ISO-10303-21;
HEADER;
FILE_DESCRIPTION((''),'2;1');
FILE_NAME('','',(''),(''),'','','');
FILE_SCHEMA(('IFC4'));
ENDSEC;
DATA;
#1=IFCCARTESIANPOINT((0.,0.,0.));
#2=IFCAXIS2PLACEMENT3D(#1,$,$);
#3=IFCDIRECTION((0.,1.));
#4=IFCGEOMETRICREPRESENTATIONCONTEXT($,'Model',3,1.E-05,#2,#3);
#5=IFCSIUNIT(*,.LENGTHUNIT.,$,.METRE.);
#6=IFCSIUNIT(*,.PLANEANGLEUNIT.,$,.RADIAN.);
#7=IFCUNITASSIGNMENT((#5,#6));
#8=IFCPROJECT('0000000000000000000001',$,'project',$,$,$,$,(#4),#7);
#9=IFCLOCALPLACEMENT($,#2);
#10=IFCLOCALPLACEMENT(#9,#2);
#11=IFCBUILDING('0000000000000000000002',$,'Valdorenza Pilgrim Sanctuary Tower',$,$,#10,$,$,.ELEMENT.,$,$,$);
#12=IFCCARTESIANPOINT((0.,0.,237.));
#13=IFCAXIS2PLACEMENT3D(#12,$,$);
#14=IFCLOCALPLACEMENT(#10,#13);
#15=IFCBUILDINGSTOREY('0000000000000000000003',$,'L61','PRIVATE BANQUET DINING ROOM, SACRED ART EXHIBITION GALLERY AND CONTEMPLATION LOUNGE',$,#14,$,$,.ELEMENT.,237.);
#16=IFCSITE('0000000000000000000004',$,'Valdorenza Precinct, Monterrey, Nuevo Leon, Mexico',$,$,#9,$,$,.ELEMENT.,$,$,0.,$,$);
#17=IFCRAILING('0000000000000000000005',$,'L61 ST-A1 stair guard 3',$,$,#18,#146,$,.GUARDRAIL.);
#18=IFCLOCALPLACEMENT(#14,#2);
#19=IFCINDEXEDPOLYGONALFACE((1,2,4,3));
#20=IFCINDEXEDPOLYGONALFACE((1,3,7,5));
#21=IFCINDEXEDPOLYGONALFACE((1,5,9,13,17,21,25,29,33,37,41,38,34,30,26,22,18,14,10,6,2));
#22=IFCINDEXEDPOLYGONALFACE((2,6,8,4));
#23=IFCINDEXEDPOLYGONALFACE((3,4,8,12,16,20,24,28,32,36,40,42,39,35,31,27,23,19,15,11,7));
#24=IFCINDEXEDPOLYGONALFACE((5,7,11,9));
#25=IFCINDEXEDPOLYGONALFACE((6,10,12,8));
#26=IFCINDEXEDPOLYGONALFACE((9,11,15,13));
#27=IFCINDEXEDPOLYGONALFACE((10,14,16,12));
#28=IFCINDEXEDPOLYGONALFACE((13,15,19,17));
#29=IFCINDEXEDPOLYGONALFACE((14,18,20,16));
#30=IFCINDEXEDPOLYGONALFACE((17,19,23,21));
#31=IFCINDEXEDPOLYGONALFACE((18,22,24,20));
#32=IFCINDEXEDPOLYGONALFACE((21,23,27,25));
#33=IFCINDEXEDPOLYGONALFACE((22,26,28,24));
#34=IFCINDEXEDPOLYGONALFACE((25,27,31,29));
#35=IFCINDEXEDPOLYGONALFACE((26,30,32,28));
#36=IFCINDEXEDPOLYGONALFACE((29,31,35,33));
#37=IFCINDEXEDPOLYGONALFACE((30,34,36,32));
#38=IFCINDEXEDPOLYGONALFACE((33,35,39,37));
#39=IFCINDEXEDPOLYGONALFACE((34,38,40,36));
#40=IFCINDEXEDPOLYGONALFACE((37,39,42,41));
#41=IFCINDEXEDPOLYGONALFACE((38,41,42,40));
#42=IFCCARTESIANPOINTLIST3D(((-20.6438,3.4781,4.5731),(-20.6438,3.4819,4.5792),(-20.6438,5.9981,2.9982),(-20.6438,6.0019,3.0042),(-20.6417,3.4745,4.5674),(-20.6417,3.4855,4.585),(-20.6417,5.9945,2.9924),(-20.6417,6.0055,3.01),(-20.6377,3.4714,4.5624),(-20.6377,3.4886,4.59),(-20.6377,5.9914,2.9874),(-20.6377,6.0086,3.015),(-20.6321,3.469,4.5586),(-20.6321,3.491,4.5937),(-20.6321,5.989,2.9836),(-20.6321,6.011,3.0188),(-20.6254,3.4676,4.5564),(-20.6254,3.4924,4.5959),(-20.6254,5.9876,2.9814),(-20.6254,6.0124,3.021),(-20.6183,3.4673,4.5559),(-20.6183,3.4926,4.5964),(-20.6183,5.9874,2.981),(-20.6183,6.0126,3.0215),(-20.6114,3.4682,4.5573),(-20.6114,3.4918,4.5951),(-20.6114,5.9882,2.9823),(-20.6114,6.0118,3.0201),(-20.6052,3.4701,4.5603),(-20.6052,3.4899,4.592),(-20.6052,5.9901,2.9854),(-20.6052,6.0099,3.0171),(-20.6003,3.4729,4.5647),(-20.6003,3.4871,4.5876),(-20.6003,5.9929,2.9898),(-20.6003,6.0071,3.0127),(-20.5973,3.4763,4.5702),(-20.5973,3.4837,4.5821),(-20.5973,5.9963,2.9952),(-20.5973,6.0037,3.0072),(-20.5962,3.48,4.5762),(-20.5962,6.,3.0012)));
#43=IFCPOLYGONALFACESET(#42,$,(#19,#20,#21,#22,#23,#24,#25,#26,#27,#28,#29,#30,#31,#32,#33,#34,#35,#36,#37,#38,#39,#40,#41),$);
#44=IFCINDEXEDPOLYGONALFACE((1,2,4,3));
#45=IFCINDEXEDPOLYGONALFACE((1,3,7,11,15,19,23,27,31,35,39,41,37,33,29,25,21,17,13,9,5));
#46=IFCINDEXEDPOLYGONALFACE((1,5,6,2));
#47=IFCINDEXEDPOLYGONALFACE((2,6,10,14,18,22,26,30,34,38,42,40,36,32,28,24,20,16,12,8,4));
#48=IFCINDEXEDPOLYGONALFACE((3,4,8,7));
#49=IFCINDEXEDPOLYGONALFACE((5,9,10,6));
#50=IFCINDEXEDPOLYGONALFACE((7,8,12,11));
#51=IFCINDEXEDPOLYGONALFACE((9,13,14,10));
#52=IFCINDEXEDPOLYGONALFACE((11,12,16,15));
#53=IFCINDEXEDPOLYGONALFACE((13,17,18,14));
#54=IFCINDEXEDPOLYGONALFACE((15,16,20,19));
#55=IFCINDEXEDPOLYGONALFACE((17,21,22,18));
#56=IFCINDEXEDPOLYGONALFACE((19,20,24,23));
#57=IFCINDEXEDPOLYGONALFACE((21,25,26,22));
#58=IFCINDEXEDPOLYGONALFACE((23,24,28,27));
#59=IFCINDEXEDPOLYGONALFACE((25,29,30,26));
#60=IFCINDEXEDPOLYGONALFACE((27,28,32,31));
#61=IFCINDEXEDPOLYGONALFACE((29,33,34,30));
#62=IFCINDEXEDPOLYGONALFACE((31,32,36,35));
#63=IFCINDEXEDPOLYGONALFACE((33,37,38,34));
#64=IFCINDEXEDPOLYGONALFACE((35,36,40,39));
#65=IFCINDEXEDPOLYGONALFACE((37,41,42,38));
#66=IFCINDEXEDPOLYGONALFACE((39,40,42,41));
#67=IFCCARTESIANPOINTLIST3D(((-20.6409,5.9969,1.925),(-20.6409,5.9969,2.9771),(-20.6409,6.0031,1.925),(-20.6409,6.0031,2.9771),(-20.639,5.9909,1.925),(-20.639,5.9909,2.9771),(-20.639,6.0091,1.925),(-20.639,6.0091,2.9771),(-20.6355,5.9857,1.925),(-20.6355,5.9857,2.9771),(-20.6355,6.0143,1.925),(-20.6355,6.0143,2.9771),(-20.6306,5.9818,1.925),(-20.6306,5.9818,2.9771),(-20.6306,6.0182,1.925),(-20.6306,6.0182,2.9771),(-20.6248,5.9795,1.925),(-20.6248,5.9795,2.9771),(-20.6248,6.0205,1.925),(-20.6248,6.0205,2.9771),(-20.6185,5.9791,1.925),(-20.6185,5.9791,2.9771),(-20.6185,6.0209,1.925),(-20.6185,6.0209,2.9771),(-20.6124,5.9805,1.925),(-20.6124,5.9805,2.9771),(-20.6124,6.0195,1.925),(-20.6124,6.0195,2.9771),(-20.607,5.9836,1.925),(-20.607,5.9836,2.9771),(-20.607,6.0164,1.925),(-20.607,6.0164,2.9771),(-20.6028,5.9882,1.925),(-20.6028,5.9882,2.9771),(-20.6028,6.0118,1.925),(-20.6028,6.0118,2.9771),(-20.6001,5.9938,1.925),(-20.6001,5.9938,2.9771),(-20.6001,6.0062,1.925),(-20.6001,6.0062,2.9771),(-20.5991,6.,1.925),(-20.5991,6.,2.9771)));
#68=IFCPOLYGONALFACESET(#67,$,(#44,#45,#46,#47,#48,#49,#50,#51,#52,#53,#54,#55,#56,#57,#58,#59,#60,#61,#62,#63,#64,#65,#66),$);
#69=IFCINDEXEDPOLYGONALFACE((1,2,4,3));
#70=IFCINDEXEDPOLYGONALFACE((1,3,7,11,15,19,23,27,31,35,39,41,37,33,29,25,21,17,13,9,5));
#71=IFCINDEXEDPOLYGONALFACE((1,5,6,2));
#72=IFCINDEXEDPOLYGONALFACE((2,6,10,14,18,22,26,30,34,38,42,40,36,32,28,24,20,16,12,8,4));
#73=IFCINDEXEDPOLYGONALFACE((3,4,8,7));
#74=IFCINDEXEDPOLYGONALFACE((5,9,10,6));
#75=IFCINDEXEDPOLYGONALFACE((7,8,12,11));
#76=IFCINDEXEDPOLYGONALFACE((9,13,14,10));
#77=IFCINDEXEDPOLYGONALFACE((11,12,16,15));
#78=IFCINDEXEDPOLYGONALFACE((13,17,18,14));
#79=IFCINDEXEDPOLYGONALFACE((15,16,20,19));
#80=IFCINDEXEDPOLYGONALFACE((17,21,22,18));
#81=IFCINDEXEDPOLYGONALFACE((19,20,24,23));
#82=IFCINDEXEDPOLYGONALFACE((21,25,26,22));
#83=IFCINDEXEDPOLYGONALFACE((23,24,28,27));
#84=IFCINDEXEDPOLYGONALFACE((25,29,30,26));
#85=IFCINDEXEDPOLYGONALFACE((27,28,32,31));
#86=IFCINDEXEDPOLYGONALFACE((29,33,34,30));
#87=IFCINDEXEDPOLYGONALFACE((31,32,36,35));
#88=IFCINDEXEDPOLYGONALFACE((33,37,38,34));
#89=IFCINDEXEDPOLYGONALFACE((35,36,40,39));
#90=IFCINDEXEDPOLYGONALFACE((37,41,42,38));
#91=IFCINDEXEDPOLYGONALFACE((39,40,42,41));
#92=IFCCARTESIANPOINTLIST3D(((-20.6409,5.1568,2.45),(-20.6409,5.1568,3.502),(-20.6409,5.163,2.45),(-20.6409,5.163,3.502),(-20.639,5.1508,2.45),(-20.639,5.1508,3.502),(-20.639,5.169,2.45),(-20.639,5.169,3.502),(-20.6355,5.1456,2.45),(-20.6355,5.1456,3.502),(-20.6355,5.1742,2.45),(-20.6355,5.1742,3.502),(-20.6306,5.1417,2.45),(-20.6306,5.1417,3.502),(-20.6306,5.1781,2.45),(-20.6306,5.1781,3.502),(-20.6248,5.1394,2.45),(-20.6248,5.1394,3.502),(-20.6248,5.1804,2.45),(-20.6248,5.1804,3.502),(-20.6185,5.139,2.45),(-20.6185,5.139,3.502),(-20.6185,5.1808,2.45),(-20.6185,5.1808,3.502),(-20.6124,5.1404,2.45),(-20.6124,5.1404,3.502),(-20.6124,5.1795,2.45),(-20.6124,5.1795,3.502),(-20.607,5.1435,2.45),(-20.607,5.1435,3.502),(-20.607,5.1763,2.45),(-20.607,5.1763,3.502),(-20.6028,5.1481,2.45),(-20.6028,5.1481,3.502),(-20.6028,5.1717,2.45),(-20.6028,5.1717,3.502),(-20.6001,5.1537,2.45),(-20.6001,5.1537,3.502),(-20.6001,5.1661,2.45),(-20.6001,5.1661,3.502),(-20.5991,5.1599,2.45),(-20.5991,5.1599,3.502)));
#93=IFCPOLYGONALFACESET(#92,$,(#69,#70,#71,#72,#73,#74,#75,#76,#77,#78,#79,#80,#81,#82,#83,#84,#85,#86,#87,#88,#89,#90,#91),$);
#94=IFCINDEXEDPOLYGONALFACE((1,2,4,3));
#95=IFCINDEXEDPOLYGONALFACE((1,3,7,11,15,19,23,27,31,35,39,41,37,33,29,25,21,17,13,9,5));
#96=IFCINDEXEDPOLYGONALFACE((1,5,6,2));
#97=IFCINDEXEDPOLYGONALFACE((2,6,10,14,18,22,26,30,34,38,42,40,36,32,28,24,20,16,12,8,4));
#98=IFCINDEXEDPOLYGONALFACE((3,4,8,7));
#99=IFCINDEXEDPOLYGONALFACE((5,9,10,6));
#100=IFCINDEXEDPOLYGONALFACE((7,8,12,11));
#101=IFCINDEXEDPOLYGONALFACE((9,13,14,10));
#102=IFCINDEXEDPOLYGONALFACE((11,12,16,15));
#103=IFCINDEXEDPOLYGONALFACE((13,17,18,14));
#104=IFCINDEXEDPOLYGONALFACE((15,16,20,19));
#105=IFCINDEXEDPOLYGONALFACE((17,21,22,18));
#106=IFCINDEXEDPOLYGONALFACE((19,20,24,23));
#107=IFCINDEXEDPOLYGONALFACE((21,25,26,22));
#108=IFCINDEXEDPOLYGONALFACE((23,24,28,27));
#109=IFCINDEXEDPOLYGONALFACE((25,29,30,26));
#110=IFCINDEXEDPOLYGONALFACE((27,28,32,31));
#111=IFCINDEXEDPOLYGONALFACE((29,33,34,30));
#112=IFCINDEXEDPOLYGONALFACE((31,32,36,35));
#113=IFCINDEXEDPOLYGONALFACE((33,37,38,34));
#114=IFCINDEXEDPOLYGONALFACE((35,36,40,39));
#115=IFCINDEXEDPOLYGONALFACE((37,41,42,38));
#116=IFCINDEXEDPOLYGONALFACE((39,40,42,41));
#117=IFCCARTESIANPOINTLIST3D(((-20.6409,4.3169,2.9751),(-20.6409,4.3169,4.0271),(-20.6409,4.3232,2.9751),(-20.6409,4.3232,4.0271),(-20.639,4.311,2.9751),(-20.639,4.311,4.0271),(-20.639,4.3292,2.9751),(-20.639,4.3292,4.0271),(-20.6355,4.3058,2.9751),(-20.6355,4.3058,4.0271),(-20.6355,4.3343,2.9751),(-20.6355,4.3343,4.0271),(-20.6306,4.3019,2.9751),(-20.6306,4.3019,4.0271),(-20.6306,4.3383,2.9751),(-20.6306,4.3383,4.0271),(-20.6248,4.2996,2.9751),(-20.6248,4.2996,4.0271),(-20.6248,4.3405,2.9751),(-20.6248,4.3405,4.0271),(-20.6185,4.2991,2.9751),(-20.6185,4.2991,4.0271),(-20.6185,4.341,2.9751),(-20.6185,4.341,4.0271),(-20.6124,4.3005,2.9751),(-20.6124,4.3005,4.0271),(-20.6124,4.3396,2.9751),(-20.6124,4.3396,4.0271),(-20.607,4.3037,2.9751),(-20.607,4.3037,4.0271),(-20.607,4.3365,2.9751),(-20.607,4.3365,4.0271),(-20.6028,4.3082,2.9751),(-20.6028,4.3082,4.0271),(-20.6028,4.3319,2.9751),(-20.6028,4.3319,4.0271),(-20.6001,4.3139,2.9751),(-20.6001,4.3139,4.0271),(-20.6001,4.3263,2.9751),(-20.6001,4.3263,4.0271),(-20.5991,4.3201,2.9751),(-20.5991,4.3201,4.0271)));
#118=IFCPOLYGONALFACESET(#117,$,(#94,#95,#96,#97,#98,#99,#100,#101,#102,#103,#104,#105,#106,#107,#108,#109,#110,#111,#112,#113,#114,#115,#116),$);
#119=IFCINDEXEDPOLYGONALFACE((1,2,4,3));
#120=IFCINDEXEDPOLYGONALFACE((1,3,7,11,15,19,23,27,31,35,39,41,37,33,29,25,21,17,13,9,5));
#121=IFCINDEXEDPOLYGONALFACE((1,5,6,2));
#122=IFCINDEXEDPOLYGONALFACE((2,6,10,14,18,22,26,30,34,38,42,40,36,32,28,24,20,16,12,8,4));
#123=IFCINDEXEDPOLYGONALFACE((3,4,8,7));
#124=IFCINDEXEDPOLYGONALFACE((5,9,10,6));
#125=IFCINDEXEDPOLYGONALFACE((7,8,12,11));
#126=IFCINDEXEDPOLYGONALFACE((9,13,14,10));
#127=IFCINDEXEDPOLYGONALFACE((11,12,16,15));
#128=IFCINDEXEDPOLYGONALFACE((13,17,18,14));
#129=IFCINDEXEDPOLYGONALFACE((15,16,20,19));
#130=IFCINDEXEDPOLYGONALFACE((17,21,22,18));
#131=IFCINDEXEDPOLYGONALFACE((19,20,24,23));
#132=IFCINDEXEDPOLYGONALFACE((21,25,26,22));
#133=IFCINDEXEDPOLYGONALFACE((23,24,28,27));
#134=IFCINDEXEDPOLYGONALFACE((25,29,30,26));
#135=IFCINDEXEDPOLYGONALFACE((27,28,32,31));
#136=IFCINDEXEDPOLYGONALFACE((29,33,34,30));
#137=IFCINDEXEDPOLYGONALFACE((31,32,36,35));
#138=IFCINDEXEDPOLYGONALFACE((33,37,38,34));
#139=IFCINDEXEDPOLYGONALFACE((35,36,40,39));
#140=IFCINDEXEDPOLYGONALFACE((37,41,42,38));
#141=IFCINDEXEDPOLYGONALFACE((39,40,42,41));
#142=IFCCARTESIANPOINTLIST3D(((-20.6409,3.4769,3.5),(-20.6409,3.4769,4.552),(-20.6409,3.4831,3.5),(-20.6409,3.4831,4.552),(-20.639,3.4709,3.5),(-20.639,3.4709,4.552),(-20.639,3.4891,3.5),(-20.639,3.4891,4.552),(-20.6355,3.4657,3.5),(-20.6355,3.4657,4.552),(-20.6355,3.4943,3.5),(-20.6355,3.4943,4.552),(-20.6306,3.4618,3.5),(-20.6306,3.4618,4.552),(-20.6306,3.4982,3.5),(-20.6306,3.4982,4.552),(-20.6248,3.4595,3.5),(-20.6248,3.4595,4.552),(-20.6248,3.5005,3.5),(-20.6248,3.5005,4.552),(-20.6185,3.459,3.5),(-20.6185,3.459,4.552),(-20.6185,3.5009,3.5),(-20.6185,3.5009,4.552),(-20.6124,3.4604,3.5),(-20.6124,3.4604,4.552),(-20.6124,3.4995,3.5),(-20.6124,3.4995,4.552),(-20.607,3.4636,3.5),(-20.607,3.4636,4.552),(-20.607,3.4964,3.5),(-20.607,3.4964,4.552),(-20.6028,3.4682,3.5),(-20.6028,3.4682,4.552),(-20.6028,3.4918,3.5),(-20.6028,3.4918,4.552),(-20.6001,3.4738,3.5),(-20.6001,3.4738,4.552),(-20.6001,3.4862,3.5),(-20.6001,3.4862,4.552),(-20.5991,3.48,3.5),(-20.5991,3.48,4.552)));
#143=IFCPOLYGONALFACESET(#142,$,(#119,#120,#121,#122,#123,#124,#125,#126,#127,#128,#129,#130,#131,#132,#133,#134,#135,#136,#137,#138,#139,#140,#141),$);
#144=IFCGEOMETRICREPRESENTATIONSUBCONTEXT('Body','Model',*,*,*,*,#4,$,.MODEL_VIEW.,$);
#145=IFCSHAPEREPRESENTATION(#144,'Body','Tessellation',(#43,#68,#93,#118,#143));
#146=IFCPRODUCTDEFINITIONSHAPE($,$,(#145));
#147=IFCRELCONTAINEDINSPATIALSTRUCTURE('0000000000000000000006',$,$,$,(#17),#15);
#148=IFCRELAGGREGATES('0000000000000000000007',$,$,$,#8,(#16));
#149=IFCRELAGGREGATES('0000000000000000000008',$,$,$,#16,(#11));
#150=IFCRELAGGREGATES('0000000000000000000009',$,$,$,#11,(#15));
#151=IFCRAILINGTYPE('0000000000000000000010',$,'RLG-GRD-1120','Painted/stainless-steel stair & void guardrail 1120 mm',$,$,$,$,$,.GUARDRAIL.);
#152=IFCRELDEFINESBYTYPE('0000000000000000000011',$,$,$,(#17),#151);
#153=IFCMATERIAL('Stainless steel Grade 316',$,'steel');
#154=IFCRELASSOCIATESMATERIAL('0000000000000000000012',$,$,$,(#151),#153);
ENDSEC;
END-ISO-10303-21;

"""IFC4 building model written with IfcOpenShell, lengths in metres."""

from ifc_helpers import new_model, si_unit, direction, frame, origin, origin_2d, place, context, subcontext, project, spatial, circle, extrude, material, type_object, element, save


model = new_model("IFC4")

# Units and contexts
model_context = context("Model", 3, precision=1e-05, world=origin(), true_north=direction((0.0, 1.0)))
body_context = subcontext(model_context, "Body", "Model", "MODEL_VIEW")
ifc_project = project(units=[si_unit("LENGTHUNIT", "METRE"), si_unit("PLANEANGLEUNIT", "RADIAN")], contexts=[model_context])

# Site, building, storey
site_placement = place(None, origin())
site = spatial("IfcSite", under=ifc_project, at=site_placement, Name="Valdorenza Precinct, Monterrey, Nuevo Leon, Mexico", CompositionType="ELEMENT", RefElevation=0.0)
building_placement = place(site_placement, origin())
building = spatial("IfcBuilding", under=site, at=building_placement, Name="Valdorenza Pilgrim Sanctuary Tower", CompositionType="ELEMENT")
storey_placement = place(building_placement, frame((0.0, 0.0, 237.0)))
storey = spatial("IfcBuildingStorey", under=building, at=storey_placement, Name="L61", Description="PRIVATE BANQUET DINING ROOM, SACRED ART EXHIBITION GALLERY AND CONTEMPLATION LOUNGE", CompositionType="ELEMENT", Elevation=237.0)

# Railing
ifc_material_1 = material(Name="Stainless steel Grade 316", Category="steel")
railing_type_1 = type_object("IfcRailingType", Name="RLG-GRD-1120", Description="Painted/stainless-steel stair & void guardrail 1120 mm", PredefinedType="GUARDRAIL", material=ifc_material_1)
railing_1_placement = place(storey_placement, frame((-20.6201, 6.0, 1.925)))
element("IfcRailing", 1, at=railing_1_placement, inside=storey, type_object=railing_type_1, Name="L61 ST-A1 stair guard 3", PredefinedType="GUARDRAIL", context=body_context, shape_type="SweptSolid", body=[
    extrude(circle(Radius=0.0239, at=origin_2d()), frame((0.0, 0.0, 1.0762), z_axis=(0.0, -0.848008, 0.529984), x_axis=(1.0, 0.0, 0.0)), (0.0, 0.0, 1.0), 2.9717),
    extrude(circle(Radius=0.021, at=origin_2d()), origin(), (0.0, 0.0, 1.0), 1.052),
    extrude(circle(Radius=0.021, at=origin_2d()), frame((0.0, -0.8401, 0.5249)), (0.0, 0.0, 1.0), 1.052),
    extrude(circle(Radius=0.021, at=origin_2d()), frame((0.0, -1.6799, 1.05)), (0.0, 0.0, 1.0), 1.052),
    extrude(circle(Radius=0.021, at=origin_2d()), frame((0.0, -2.52, 1.575)), (0.0, 0.0, 1.0), 1.052),
])

save(model, "model.ifc")
